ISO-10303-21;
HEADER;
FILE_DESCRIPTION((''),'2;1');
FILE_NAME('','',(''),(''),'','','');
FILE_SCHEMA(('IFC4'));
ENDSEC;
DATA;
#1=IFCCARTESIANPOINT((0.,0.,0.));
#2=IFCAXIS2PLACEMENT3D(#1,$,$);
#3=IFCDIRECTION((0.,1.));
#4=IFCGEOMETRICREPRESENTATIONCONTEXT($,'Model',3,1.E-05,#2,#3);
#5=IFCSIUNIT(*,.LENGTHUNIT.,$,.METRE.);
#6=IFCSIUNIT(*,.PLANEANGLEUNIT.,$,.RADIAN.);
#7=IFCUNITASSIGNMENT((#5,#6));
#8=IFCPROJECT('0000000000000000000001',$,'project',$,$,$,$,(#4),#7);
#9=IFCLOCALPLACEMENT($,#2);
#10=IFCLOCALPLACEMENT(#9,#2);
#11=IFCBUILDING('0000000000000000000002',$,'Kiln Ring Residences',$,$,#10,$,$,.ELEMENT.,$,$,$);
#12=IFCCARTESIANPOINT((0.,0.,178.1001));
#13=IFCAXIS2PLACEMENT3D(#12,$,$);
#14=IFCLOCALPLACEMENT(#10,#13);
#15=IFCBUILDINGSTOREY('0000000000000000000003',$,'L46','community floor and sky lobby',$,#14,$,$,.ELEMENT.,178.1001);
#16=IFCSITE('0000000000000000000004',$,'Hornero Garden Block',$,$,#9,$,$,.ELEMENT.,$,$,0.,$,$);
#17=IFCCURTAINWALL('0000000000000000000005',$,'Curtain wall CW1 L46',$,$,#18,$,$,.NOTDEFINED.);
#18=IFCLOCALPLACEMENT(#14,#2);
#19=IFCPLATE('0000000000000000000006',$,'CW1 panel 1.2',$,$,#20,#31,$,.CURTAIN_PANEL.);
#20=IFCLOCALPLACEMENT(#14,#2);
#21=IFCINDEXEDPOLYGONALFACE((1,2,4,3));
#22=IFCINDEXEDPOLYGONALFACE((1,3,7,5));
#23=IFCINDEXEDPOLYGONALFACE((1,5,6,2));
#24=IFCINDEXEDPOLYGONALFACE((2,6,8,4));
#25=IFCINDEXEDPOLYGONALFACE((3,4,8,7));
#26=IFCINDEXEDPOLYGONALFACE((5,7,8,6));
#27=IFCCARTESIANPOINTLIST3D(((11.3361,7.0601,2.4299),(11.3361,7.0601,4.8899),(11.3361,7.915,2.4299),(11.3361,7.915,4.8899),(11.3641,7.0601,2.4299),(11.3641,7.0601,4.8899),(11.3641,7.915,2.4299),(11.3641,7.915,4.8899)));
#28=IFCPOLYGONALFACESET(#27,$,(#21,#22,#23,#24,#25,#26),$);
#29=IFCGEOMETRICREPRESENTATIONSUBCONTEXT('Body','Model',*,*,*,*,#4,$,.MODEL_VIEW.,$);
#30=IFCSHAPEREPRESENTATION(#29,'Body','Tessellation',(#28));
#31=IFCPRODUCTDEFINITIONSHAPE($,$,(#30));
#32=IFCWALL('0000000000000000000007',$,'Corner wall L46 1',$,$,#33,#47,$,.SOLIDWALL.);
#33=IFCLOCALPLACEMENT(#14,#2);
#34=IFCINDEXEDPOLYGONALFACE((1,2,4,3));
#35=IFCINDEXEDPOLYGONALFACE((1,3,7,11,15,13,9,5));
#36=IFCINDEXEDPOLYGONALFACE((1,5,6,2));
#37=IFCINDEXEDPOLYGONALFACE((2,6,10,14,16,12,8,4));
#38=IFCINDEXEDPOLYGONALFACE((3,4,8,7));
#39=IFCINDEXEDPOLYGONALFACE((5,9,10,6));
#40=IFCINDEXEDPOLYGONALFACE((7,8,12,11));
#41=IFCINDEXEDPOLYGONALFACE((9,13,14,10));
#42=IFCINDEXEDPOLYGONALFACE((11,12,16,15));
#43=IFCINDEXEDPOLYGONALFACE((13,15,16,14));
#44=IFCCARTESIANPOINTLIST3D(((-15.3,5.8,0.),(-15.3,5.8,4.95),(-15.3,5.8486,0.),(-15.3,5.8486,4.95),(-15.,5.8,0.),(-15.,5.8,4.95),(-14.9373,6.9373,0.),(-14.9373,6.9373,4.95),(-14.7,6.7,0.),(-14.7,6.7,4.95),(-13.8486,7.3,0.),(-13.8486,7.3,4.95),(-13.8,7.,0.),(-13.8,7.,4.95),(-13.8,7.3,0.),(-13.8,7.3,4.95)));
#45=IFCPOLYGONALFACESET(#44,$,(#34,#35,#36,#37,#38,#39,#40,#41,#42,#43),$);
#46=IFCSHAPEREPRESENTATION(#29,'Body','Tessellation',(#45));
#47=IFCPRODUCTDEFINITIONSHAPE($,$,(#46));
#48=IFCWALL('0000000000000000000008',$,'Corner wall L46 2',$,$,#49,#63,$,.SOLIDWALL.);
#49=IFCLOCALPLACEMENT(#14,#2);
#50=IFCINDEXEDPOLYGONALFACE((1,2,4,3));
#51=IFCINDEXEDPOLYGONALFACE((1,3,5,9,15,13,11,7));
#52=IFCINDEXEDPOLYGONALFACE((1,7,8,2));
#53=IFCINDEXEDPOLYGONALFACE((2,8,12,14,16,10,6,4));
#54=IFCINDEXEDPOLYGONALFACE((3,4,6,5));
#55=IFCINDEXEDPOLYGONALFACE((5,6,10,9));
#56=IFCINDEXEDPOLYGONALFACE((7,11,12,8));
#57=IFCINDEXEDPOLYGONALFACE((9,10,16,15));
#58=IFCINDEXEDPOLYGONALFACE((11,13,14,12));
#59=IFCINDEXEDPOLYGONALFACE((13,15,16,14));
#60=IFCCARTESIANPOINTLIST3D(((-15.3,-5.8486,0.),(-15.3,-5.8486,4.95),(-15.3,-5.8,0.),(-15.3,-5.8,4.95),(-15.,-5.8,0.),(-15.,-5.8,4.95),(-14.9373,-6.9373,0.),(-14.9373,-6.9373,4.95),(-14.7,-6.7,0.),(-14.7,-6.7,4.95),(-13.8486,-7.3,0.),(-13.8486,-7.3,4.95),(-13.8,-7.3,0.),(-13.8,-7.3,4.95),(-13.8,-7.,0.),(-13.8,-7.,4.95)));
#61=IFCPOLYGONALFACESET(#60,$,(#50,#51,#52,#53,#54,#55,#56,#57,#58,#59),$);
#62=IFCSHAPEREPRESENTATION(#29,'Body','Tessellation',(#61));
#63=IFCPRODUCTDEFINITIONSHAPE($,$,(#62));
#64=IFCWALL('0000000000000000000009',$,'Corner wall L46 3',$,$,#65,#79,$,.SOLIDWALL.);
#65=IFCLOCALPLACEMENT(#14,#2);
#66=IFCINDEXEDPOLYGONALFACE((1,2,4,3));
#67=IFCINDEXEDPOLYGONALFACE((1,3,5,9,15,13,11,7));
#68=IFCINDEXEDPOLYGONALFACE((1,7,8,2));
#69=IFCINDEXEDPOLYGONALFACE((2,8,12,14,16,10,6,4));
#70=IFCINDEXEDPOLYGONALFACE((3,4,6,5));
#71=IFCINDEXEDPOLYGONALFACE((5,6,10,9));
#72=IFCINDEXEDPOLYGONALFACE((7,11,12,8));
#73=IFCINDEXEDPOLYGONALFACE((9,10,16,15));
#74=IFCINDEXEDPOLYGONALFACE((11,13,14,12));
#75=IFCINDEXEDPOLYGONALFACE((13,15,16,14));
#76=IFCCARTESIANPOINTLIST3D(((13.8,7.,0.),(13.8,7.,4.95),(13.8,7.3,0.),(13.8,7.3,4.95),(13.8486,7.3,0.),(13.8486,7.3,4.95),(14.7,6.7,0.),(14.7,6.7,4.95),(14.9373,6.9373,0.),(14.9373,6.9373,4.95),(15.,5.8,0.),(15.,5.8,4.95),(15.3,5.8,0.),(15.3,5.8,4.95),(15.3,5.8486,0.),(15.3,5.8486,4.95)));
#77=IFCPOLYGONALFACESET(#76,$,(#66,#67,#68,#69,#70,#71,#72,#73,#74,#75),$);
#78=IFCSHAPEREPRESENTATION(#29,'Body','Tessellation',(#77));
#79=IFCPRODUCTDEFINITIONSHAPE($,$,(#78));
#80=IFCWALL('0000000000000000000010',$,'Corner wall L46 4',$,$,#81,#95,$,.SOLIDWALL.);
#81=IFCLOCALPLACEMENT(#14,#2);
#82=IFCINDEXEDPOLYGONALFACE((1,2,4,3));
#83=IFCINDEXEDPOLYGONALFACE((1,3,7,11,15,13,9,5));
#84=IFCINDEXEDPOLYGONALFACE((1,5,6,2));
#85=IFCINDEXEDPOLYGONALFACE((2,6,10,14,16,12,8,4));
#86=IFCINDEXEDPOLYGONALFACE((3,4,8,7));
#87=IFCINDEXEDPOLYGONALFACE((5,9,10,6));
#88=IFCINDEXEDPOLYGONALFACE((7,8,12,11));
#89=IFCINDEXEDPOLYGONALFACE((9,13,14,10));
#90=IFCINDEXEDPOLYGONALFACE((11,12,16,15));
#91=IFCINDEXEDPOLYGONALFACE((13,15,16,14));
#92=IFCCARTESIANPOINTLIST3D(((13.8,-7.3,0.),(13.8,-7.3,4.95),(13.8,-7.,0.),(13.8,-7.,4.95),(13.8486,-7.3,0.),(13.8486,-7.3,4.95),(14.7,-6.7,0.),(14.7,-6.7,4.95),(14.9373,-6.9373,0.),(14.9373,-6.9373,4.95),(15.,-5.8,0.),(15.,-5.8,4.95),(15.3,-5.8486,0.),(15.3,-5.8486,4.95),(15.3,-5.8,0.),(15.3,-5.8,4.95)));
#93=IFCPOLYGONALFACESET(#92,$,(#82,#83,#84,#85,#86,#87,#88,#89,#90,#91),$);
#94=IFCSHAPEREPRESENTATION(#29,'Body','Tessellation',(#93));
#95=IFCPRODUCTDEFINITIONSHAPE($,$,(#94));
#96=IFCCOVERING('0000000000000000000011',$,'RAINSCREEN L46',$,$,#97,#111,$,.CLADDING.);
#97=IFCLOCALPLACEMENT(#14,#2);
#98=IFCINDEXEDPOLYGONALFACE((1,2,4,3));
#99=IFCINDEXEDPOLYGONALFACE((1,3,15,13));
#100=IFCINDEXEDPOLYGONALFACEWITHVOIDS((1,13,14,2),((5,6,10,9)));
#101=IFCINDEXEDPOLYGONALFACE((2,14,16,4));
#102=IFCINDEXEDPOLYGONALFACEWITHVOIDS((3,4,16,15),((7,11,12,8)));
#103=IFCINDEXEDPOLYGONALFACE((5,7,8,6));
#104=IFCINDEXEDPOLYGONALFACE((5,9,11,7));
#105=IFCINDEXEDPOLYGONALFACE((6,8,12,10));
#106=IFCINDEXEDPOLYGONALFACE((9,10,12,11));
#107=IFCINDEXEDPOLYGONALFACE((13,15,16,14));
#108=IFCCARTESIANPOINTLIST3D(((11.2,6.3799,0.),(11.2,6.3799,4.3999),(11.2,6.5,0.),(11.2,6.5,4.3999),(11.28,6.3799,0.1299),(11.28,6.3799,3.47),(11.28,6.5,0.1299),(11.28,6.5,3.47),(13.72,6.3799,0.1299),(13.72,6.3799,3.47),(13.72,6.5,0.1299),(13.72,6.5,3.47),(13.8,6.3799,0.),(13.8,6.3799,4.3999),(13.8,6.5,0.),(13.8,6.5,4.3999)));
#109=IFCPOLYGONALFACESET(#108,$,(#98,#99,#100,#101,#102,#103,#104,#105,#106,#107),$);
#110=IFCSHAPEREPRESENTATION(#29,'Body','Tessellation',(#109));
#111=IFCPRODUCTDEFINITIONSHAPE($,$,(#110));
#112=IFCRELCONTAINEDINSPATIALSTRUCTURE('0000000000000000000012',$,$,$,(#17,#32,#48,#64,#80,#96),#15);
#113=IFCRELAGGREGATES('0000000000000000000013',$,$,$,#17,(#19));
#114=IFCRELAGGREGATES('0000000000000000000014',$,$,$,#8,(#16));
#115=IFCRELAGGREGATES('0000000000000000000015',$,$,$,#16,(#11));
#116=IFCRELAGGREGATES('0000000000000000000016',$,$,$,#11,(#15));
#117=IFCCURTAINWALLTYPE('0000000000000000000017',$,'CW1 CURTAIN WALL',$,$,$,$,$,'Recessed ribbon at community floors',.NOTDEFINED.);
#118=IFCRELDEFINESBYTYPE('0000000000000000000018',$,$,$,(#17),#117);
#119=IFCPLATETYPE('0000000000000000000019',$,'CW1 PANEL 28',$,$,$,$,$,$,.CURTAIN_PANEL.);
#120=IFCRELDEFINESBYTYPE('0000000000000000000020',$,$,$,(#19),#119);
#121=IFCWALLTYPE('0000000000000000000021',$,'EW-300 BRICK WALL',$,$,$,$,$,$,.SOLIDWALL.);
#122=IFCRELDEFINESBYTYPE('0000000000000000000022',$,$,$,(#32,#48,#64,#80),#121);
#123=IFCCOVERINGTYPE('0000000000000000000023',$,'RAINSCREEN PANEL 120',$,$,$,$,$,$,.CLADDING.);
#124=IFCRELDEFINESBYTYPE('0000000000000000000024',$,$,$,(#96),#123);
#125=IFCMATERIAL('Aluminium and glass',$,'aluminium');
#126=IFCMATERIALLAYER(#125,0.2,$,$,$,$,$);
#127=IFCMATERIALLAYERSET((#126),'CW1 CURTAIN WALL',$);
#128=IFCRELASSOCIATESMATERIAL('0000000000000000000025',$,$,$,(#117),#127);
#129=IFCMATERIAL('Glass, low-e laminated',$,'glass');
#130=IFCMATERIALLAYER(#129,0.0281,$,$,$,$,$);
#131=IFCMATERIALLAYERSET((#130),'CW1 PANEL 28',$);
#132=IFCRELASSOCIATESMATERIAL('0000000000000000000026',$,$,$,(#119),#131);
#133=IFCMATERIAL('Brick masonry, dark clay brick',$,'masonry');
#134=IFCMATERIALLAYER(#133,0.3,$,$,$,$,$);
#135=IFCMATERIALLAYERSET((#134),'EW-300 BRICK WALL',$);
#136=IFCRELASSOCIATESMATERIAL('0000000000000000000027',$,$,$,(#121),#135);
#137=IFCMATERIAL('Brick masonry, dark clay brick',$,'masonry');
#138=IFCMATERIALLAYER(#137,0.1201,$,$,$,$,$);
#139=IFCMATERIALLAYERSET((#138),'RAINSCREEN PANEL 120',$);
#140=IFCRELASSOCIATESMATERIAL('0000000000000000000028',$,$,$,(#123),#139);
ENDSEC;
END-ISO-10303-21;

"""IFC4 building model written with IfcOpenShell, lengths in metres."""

from ifc_helpers import new_model, si_unit, direction, frame, origin, origin_2d, place, context, subcontext, project, spatial, polyline, rectangle, outline, extrude, material, layer, layer_set, type_object, element, aggregate, save


model = new_model("IFC4")

# Units and contexts
model_context = context("Model", 3, precision=1e-05, world=origin(), true_north=direction((0.0, 1.0)))
body_context = subcontext(model_context, "Body", "Model", "MODEL_VIEW")
ifc_project = project(units=[si_unit("LENGTHUNIT", "METRE"), si_unit("PLANEANGLEUNIT", "RADIAN")], contexts=[model_context])

# Site, building, storey
site_placement = place(None, origin())
site = spatial("IfcSite", under=ifc_project, at=site_placement, Name="Hornero Garden Block", CompositionType="ELEMENT", RefElevation=0.0)
building_placement = place(site_placement, origin())
building = spatial("IfcBuilding", under=site, at=building_placement, Name="Kiln Ring Residences", CompositionType="ELEMENT")
storey_placement = place(building_placement, frame((0.0, 0.0, 178.1001)))
storey = spatial("IfcBuildingStorey", under=building, at=storey_placement, Name="L46", Description="community floor and sky lobby", CompositionType="ELEMENT", Elevation=178.1001)

# Shared definitions
ifc_material_1 = material(Name="Aluminium and glass", Category="aluminium")
ifc_layer_1 = layer(ifc_material_1, 0.2)
ifc_layer_set_1 = layer_set([ifc_layer_1], Name="CW1 CURTAIN WALL")
curtain_wall_type = type_object("IfcCurtainWallType", Name="CW1 CURTAIN WALL", ElementType="Recessed ribbon at community floors", PredefinedType="NOTDEFINED", material=ifc_layer_set_1)
placement_1 = place(storey_placement, origin())

# Curtain wall
curtain_wall_1 = element("IfcCurtainWall", 1, at=placement_1, inside=storey, type_object=curtain_wall_type, Name="Curtain wall CW1 L46", PredefinedType="NOTDEFINED")

# Plate
ifc_material_2 = material(Name="Glass, low-e laminated", Category="glass")
ifc_layer_2 = layer(ifc_material_2, 0.0281)
ifc_layer_set_2 = layer_set([ifc_layer_2], Name="CW1 PANEL 28")
plate_type = type_object("IfcPlateType", Name="CW1 PANEL 28", PredefinedType="CURTAIN_PANEL", material=ifc_layer_set_2)
plate_1_placement = place(storey_placement, frame((11.3501, 7.4875, 2.4299), z_axis=(0.0, 0.0, 1.0), x_axis=(0.0, -1.0, 0.0)))
plate_1 = element("IfcPlate", 2, at=plate_1_placement, type_object=plate_type, Name="CW1 panel 1.2", PredefinedType="CURTAIN_PANEL", context=body_context, shape_type="SweptSolid", body=[
    extrude(rectangle(XDim=0.855, YDim=0.0281, at=origin_2d()), origin(), (0.0, 0.0, 1.0), 2.46),
])
aggregate(curtain_wall_1, [plate_1])

# Walls
ifc_material_3 = material(Name="Brick masonry, dark clay brick", Category="masonry")
ifc_layer_3 = layer(ifc_material_3, 0.3)
ifc_layer_set_3 = layer_set([ifc_layer_3], Name="EW-300 BRICK WALL")
wall_type = type_object("IfcWallType", Name="EW-300 BRICK WALL", PredefinedType="SOLIDWALL", material=ifc_layer_set_3)
element("IfcWall", 3, at=placement_1, inside=storey, type_object=wall_type, Name="Corner wall L46 1", PredefinedType="SOLIDWALL", context=body_context, shape_type="SweptSolid", body=[
    extrude(outline(polyline([(-15.0, 5.8), (-14.7, 6.7), (-13.8, 7.0), (-13.8, 7.3), (-13.8486, 7.3), (-14.9373, 6.9373), (-15.3, 5.8486), (-15.3, 5.8), (-15.0, 5.8)])), origin(), (0.0, 0.0, 1.0), 4.95),
])
element("IfcWall", 4, at=placement_1, inside=storey, type_object=wall_type, Name="Corner wall L46 2", PredefinedType="SOLIDWALL", context=body_context, shape_type="SweptSolid", body=[
    extrude(outline(polyline([(-13.8, -7.0), (-14.7, -6.7), (-15.0, -5.8), (-15.3, -5.8), (-15.3, -5.8486), (-14.9373, -6.9373), (-13.8486, -7.3), (-13.8, -7.3), (-13.8, -7.0)])), origin(), (0.0, 0.0, 1.0), 4.95),
])
element("IfcWall", 5, at=placement_1, inside=storey, type_object=wall_type, Name="Corner wall L46 3", PredefinedType="SOLIDWALL", context=body_context, shape_type="SweptSolid", body=[
    extrude(outline(polyline([(13.8, 7.0), (14.7, 6.7), (15.0, 5.8), (15.3, 5.8), (15.3, 5.8486), (14.9373, 6.9373), (13.8486, 7.3), (13.8, 7.3), (13.8, 7.0)])), origin(), (0.0, 0.0, 1.0), 4.95),
])
element("IfcWall", 6, at=placement_1, inside=storey, type_object=wall_type, Name="Corner wall L46 4", PredefinedType="SOLIDWALL", context=body_context, shape_type="SweptSolid", body=[
    extrude(outline(polyline([(15.0, -5.8), (14.7, -6.7), (13.8, -7.0), (13.8, -7.3), (13.8486, -7.3), (14.9373, -6.9373), (15.3, -5.8486), (15.3, -5.8), (15.0, -5.8)])), origin(), (0.0, 0.0, 1.0), 4.95),
])

# Covering
ifc_material_4 = material(Name="Brick masonry, dark clay brick", Category="masonry")
ifc_layer_4 = layer(ifc_material_4, 0.1201)
ifc_layer_set_4 = layer_set([ifc_layer_4], Name="RAINSCREEN PANEL 120")
covering_type = type_object("IfcCoveringType", Name="RAINSCREEN PANEL 120", PredefinedType="CLADDING", material=ifc_layer_set_4)
covering_placement = place(storey_placement, frame((11.2, 6.4399, 0.0), z_axis=(0.0, 0.0, 1.0), x_axis=(1.0, 0.0, 0.0)))
element("IfcCovering", 7, at=covering_placement, inside=storey, type_object=covering_type, Name="RAINSCREEN L46", PredefinedType="CLADDING", context=body_context, shape_type="SweptSolid", body=[
    extrude(outline(polyline([(0.0, 0.0), (2.6001, 0.0), (2.6001, 4.3999), (0.0, 4.3999), (0.0, 0.0)]), holes=[polyline([(0.0801, 3.47), (0.0801, 0.1299), (2.52, 0.1299), (2.52, 3.47), (0.0801, 3.47)])]), frame((0.0, 0.0601, 0.0), z_axis=(0.0, -1.0, 0.0), x_axis=(1.0, 0.0, 0.0)), (0.0, 0.0, 1.0), 0.1201),
])

save(model, "model.ifc")
